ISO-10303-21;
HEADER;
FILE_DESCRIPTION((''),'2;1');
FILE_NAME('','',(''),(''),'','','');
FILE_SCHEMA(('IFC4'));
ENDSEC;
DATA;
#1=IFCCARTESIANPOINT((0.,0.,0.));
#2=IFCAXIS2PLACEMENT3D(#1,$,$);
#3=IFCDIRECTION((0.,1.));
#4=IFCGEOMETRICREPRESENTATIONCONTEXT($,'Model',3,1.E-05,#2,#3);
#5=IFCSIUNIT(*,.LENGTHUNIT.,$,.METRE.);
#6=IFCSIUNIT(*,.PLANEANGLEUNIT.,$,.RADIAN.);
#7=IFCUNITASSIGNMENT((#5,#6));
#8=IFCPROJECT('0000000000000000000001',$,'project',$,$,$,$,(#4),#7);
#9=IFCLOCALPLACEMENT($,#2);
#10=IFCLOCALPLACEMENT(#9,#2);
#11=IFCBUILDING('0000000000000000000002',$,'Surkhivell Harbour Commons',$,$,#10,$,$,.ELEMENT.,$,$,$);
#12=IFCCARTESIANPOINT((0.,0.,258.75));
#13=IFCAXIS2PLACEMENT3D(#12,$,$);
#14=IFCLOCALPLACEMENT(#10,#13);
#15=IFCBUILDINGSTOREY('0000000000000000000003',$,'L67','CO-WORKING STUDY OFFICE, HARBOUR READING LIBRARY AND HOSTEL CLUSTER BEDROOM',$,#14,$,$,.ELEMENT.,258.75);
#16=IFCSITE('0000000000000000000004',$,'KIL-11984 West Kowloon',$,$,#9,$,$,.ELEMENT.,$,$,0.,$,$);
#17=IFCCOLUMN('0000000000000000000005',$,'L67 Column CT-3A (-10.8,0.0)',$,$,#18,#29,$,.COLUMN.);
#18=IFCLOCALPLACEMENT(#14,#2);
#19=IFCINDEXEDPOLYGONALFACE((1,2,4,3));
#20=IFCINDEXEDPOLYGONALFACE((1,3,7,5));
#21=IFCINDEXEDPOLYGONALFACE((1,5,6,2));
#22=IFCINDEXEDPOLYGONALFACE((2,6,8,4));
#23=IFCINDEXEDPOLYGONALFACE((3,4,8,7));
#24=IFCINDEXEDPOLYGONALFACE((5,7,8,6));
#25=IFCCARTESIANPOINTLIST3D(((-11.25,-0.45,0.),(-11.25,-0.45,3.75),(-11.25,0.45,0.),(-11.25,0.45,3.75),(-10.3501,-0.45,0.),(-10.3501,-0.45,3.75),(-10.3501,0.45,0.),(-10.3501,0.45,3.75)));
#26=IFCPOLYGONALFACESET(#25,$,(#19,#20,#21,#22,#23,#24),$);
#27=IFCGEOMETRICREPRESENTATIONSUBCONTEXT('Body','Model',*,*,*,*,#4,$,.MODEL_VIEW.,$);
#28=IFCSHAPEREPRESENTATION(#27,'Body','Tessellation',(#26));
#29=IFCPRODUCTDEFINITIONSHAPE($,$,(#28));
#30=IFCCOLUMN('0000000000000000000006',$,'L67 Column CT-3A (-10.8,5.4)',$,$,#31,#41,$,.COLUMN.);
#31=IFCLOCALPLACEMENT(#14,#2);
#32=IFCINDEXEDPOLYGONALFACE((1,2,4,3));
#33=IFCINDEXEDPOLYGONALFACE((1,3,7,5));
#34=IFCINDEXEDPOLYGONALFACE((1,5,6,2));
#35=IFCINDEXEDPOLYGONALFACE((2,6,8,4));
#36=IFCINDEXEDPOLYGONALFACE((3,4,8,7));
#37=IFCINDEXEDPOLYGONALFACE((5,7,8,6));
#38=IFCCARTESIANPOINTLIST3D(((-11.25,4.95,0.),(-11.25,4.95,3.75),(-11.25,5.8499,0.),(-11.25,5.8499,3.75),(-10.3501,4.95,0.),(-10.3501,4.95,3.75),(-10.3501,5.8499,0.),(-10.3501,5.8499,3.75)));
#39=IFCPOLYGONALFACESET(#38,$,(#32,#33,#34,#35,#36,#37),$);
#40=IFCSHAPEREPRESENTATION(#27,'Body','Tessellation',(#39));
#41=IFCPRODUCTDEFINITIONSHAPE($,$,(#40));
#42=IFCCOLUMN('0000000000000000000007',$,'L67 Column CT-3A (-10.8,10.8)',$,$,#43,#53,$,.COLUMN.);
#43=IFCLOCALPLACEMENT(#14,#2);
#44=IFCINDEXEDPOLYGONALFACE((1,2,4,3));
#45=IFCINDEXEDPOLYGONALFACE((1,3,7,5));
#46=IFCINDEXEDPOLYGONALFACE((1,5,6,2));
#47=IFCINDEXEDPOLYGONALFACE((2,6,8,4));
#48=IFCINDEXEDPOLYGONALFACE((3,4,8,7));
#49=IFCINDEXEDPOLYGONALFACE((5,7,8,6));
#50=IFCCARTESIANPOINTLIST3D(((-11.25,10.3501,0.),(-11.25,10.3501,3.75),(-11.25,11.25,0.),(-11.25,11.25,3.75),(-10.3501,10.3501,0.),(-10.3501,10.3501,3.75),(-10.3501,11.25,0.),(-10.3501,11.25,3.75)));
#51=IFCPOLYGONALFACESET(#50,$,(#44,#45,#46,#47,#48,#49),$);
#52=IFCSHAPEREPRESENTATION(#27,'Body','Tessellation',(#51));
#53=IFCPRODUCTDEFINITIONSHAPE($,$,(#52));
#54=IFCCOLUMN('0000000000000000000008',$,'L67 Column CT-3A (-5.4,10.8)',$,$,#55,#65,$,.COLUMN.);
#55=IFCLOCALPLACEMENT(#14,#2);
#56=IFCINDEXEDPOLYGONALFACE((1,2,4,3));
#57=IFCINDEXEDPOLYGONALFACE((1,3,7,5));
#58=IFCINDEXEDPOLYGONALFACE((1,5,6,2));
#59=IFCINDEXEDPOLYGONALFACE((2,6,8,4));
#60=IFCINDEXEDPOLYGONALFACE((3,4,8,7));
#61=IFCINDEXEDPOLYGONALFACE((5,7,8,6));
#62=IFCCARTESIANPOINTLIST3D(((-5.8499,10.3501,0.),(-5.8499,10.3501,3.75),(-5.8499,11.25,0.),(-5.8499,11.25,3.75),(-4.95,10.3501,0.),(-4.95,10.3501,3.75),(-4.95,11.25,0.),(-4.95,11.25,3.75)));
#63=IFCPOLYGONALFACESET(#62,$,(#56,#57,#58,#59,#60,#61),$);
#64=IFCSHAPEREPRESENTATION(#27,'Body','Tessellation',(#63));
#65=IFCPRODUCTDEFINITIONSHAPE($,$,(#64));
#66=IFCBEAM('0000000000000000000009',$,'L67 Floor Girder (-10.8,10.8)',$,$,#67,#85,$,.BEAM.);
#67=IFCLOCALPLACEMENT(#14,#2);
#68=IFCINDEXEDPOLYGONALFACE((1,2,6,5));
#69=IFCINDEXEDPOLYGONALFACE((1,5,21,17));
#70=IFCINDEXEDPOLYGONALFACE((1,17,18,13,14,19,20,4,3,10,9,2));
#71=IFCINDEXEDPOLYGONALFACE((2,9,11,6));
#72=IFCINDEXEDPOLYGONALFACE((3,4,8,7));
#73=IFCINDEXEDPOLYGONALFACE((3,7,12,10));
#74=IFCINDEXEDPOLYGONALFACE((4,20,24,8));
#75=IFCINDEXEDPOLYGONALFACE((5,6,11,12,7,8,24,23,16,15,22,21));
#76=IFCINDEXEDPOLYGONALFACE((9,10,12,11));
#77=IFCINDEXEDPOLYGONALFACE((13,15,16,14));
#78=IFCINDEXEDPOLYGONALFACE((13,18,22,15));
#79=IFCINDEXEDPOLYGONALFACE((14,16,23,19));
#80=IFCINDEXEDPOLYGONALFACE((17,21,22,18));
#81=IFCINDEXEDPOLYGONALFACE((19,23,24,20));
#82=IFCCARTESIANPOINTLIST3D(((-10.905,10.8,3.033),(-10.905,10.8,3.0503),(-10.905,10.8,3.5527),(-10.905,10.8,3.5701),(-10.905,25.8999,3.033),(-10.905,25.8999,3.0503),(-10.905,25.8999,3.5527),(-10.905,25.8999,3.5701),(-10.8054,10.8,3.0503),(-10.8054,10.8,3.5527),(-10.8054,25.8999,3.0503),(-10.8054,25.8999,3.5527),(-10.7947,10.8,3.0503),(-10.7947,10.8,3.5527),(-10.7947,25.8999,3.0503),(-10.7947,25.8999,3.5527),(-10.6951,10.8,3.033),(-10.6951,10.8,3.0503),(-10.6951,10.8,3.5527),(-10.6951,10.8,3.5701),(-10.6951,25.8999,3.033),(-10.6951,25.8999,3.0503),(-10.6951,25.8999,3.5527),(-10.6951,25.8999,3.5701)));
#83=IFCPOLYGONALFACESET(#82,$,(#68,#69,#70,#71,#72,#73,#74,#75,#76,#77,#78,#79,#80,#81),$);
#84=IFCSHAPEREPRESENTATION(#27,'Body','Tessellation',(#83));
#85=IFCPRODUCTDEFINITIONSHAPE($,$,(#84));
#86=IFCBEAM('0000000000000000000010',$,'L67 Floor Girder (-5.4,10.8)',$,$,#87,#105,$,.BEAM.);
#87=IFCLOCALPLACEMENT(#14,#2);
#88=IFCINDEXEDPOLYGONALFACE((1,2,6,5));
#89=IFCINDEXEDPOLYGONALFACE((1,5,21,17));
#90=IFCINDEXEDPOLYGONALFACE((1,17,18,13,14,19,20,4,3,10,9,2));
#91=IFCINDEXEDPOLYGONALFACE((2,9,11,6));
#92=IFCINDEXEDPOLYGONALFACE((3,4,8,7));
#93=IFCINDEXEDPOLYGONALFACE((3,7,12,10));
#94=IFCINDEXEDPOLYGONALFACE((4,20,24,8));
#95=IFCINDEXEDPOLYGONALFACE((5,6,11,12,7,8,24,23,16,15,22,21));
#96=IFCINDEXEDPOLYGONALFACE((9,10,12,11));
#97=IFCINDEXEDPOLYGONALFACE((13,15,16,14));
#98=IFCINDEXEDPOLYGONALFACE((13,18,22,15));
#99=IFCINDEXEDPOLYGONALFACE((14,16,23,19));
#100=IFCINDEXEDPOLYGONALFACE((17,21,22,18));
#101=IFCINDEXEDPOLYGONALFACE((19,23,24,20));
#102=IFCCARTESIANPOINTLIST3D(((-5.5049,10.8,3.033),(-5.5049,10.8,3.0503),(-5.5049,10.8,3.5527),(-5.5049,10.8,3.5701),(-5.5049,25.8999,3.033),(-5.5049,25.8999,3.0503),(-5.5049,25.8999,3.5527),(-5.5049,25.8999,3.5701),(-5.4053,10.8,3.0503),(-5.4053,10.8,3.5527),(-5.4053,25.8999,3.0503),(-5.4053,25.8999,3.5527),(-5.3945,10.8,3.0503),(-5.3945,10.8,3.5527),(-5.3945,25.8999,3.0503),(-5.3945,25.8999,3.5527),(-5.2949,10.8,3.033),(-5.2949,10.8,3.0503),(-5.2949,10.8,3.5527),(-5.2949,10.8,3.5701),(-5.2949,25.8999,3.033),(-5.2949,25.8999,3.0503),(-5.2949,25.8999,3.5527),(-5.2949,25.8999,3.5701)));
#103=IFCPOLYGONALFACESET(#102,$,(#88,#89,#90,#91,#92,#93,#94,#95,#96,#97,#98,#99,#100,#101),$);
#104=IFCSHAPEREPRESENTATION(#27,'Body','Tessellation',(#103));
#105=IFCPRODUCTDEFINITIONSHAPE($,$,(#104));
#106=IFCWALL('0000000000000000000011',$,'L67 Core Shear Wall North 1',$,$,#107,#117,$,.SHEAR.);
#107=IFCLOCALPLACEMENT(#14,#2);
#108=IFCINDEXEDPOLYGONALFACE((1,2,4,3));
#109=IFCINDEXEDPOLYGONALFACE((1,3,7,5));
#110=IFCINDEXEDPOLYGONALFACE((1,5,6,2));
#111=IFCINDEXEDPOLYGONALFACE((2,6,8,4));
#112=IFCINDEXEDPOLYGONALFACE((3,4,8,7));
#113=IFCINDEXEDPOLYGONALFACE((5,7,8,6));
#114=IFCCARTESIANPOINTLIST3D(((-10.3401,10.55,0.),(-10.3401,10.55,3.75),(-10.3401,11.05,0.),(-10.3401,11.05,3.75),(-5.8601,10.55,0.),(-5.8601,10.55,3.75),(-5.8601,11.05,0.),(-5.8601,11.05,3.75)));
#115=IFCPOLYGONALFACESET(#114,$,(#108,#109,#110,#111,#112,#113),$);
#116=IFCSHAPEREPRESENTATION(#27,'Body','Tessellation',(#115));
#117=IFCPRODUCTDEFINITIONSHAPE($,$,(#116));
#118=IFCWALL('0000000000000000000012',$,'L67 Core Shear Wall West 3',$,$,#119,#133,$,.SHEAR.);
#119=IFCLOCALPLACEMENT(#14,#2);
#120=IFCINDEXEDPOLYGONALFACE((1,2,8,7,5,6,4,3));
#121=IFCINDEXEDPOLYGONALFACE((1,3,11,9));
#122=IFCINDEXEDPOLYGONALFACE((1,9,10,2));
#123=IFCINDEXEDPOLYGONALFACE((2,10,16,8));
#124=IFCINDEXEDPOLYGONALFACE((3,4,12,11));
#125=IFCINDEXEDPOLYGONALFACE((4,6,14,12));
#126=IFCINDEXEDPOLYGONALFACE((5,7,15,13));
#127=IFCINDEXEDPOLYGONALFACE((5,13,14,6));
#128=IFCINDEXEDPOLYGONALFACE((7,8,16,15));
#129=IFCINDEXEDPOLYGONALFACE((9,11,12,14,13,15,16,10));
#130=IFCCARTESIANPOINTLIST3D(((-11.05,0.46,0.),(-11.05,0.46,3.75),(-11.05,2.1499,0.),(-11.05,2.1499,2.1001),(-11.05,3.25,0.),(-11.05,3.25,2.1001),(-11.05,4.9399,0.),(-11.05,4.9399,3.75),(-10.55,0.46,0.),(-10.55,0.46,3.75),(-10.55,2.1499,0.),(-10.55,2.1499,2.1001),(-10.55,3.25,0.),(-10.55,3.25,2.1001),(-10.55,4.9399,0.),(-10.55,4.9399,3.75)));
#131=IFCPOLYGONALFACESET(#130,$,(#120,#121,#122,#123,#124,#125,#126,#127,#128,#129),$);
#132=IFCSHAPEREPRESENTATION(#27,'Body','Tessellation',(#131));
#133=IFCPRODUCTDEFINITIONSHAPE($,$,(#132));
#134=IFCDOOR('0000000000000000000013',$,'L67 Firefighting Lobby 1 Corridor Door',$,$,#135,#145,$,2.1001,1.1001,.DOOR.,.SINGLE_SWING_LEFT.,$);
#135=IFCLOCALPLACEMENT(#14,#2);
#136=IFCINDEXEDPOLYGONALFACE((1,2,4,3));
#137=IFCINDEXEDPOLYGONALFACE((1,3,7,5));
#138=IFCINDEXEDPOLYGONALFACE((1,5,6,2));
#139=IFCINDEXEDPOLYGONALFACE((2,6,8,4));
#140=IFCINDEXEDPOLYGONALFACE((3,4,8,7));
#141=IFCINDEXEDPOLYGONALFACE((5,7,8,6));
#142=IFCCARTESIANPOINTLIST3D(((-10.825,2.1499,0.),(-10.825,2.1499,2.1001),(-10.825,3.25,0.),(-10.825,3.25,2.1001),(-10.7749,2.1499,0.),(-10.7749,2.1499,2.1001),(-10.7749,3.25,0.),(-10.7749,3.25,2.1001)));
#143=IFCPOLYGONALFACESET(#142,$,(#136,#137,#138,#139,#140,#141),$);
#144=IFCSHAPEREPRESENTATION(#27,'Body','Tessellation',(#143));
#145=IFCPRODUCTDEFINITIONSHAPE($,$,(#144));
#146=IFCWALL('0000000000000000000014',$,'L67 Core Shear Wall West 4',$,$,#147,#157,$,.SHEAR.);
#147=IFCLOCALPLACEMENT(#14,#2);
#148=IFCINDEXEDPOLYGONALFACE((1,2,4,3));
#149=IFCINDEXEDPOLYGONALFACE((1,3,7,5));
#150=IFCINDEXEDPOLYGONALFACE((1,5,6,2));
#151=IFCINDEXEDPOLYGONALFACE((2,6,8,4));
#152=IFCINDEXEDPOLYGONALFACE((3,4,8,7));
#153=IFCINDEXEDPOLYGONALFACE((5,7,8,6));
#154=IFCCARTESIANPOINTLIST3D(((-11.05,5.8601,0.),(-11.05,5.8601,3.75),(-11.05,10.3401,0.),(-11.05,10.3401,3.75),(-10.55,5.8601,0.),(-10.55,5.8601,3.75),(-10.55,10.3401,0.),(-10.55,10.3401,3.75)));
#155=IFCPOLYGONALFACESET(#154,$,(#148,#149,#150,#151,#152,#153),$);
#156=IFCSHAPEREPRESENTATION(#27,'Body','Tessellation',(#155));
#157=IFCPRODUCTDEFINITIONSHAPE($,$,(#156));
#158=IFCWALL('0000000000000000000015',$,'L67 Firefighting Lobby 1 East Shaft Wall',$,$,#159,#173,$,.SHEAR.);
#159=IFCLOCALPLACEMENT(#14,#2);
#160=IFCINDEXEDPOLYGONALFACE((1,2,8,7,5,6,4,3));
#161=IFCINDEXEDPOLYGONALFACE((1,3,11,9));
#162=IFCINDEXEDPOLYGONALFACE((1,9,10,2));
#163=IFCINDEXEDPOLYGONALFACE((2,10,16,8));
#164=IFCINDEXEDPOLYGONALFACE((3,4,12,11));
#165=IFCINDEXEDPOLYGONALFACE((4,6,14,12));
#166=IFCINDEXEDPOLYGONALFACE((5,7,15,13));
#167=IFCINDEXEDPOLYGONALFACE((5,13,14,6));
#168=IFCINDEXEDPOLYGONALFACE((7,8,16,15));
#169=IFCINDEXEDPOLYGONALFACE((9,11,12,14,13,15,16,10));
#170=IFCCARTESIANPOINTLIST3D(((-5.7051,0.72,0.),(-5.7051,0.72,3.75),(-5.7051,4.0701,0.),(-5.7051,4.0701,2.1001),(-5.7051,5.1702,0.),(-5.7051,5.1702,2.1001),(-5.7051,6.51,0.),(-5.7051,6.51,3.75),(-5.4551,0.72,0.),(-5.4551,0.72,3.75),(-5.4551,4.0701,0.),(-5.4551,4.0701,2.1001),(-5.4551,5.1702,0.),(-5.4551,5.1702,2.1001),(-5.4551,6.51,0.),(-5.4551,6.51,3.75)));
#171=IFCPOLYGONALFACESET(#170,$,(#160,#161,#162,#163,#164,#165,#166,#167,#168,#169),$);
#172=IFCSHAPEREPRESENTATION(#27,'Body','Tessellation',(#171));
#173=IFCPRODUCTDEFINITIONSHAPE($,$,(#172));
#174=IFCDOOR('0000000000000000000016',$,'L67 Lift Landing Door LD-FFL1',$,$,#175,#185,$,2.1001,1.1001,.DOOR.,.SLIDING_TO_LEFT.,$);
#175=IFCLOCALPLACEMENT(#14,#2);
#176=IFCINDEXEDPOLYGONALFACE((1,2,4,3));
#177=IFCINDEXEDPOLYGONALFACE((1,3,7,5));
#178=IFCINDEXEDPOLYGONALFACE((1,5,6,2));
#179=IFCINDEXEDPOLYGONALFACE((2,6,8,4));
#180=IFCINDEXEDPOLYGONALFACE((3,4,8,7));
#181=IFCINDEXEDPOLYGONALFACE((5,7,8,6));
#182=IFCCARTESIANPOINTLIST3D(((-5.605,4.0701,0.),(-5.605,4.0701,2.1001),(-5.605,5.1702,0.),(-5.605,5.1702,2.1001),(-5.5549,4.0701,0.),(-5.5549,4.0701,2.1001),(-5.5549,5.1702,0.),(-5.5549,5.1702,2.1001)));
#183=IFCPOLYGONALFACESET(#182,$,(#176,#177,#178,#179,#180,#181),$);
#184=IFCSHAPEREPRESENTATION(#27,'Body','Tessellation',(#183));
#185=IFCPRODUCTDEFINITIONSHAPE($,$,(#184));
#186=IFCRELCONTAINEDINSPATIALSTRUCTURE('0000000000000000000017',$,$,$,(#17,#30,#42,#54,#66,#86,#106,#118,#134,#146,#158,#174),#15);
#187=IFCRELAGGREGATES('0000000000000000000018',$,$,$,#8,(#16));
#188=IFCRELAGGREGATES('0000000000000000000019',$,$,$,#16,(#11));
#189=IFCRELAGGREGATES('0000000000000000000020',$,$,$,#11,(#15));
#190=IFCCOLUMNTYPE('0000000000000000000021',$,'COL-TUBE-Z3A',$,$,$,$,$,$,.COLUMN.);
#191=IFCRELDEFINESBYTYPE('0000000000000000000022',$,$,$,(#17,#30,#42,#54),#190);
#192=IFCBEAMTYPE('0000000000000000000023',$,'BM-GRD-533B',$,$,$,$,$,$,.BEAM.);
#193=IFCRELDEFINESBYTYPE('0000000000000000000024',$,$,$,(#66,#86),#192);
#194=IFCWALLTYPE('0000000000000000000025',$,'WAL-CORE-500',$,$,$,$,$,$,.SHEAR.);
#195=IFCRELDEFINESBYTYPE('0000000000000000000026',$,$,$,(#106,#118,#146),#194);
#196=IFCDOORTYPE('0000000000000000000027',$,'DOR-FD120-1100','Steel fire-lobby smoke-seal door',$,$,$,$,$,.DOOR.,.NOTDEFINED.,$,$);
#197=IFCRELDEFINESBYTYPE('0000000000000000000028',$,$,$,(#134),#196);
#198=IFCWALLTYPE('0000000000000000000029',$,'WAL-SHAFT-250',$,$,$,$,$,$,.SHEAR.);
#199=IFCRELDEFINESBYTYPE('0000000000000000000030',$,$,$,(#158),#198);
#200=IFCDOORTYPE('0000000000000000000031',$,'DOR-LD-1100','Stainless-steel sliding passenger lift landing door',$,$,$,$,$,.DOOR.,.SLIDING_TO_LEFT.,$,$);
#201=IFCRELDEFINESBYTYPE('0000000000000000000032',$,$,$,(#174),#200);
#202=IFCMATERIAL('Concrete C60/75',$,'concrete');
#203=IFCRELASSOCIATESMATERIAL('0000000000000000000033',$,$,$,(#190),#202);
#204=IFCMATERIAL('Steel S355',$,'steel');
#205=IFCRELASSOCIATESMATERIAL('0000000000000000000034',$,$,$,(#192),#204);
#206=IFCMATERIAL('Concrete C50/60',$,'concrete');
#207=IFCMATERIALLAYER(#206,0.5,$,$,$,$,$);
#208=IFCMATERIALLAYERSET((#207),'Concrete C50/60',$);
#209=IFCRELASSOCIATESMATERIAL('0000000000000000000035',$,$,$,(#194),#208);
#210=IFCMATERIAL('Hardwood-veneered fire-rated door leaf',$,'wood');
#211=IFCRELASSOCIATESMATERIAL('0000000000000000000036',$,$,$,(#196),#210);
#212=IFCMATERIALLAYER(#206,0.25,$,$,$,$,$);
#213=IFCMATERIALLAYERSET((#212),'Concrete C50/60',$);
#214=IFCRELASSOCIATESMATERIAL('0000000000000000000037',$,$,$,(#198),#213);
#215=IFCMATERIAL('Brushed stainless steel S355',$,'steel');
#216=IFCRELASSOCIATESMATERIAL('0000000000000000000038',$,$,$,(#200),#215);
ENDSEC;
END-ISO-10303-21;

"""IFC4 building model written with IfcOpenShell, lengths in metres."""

from ifc_helpers import new_model, si_unit, direction, frame, frame_2d, origin, origin_2d, place, context, subcontext, project, spatial, rectangle, i_section, extrude, material, layer, layer_set, material_profile, profile_set, type_object, element, fill, save


model = new_model("IFC4")

# Units and contexts
model_context = context("Model", 3, precision=1e-05, world=origin(), true_north=direction((0.0, 1.0)))
body_context = subcontext(model_context, "Body", "Model", "MODEL_VIEW")
ifc_project = project(units=[si_unit("LENGTHUNIT", "METRE"), si_unit("PLANEANGLEUNIT", "RADIAN")], contexts=[model_context])

# Site, building, storey
site_placement = place(None, origin())
site = spatial("IfcSite", under=ifc_project, at=site_placement, Name="KIL-11984 West Kowloon", CompositionType="ELEMENT", RefElevation=0.0)
building_placement = place(site_placement, origin())
building = spatial("IfcBuilding", under=site, at=building_placement, Name="Surkhivell Harbour Commons", CompositionType="ELEMENT")
storey_placement = place(building_placement, frame((0.0, 0.0, 258.75)))
storey = spatial("IfcBuildingStorey", under=building, at=storey_placement, Name="L67", Description="CO-WORKING STUDY OFFICE, HARBOUR READING LIBRARY AND HOSTEL CLUSTER BEDROOM", CompositionType="ELEMENT", Elevation=258.75)

# Columns
ifc_material_1 = material(Name="Concrete C60/75", Category="concrete")
ifc_material_profile_1 = material_profile(ifc_material_1, rectangle(XDim=0.8999, YDim=0.8999, at=origin_2d()), Name="RC-COL-900x900")
ifc_profile_set_1 = profile_set([ifc_material_profile_1], Name="Concrete C60/75")
column_type = type_object("IfcColumnType", Name="COL-TUBE-Z3A", PredefinedType="COLUMN", material=ifc_profile_set_1)
for number, where, z_axis, x_axis, name in (
    (1, (-10.8, 0.0, 0.0), (0.0, 0.0, 1.0), (1.0, 0.0, 0.0), "L67 Column CT-3A (-10.8,0.0)"),
    (2, (-10.8, 5.3999, 0.0), (0.0, 0.0, 1.0), (1.0, 0.0, 0.0), "L67 Column CT-3A (-10.8,5.4)"),
    (3, (-10.8, 10.8, 0.0), (0.0, 0.0, 1.0), (1.0, 0.0, 0.0), "L67 Column CT-3A (-10.8,10.8)"),
    (4, (-5.3999, 10.8, 0.0), (0.0, 0.0, 1.0), (1.0, 0.0, 0.0), "L67 Column CT-3A (-5.4,10.8)"),
):
    element("IfcColumn", number, at=place(storey_placement, frame(where, z_axis=z_axis, x_axis=x_axis)), inside=storey, type_object=column_type, Name=name, PredefinedType="COLUMN", context=body_context, shape_type="SweptSolid", body=[
        extrude(rectangle(XDim=0.8999, YDim=0.8999, at=origin_2d()), origin(), (0.0, 0.0, 1.0), 3.75),
    ])

# Beams
ifc_material_2 = material(Name="Steel S355", Category="steel")
ifc_material_profile_2 = material_profile(ifc_material_2, i_section(OverallWidth=0.21, OverallDepth=0.5371, WebThickness=0.0107, FlangeThickness=0.0173, at=origin_2d()), Name="UB533x210x101")
ifc_profile_set_2 = profile_set([ifc_material_profile_2], Name="Steel S355")
beam_type = type_object("IfcBeamType", Name="BM-GRD-533B", PredefinedType="BEAM", material=ifc_profile_set_2)
for number, where, z_axis, x_axis, name in (
    (5, (-10.8, 10.8, 3.3015), (0.0, 1.0, 0.0), (-1.0, 0.0, 0.0), "L67 Floor Girder (-10.8,10.8)"),
    (6, (-5.3999, 10.8, 3.3015), (0.0, 1.0, 0.0), (-1.0, 0.0, 0.0), "L67 Floor Girder (-5.4,10.8)"),
):
    element("IfcBeam", number, at=place(storey_placement, frame(where, z_axis=z_axis, x_axis=x_axis)), inside=storey, type_object=beam_type, Name=name, PredefinedType="BEAM", context=body_context, shape_type="SweptSolid", body=[
        extrude(i_section(OverallWidth=0.21, OverallDepth=0.5371, WebThickness=0.0107, FlangeThickness=0.0173, at=origin_2d()), origin(), (0.0, 0.0, 1.0), 15.0999),
    ])

# Wall
ifc_material_3 = material(Name="Concrete C50/60", Category="concrete")
ifc_layer_1 = layer(ifc_material_3, 0.5)
ifc_layer_set_1 = layer_set([ifc_layer_1], Name="Concrete C50/60")
wall_type_1 = type_object("IfcWallType", Name="WAL-CORE-500", PredefinedType="SHEAR", material=ifc_layer_set_1)
wall_1_placement = place(storey_placement, frame((-10.3401, 10.8, 0.0), z_axis=(0.0, 0.0, 1.0), x_axis=(1.0, 0.0, 0.0)))
element("IfcWall", 7, at=wall_1_placement, inside=storey, type_object=wall_type_1, Name="L67 Core Shear Wall North 1", PredefinedType="SHEAR", context=body_context, shape_type="SweptSolid", body=[
    extrude(rectangle(XDim=4.48, YDim=0.5, at=frame_2d((2.24, 0.0))), origin(), (0.0, 0.0, 1.0), 3.75),
])

# Wall, opening, door
wall_2_placement = place(storey_placement, frame((-10.8, 0.46, 0.0), z_axis=(0.0, 0.0, 1.0), x_axis=(0.0, 1.0, 0.0)))
wall_2 = element("IfcWall", 8, at=wall_2_placement, inside=storey, type_object=wall_type_1, Name="L67 Core Shear Wall West 3", PredefinedType="SHEAR", context=body_context, shape_type="SweptSolid", body=[
    extrude(rectangle(XDim=4.48, YDim=0.5, at=frame_2d((2.24, 0.0))), origin(), (0.0, 0.0, 1.0), 3.75),
])
opening_1_placement = place(wall_2_placement, frame((1.6899, 0.0, 0.0)))
opening_1 = element("IfcOpeningElement", 9, at=opening_1_placement, cuts=wall_2, PredefinedType="OPENING", context=body_context, shape_type="SweptSolid", body=[
    extrude(rectangle(XDim=1.1001, YDim=2.1001, at=frame_2d((0.55, 1.05))), frame((0.0, 0.26, 0.0), z_axis=(0.0, -1.0, 0.0), x_axis=(1.0, 0.0, 0.0)), (0.0, 0.0, 1.0), 0.52),
])
ifc_material_4 = material(Name="Hardwood-veneered fire-rated door leaf", Category="wood")
door_type_1 = type_object("IfcDoorType", Name="DOR-FD120-1100", Description="Steel fire-lobby smoke-seal door", OperationType="NOTDEFINED", PredefinedType="DOOR", material=ifc_material_4)
door_1_placement = place(opening_1_placement, origin())
door_1 = element("IfcDoor", 10, at=door_1_placement, inside=storey, type_object=door_type_1, Name="L67 Firefighting Lobby 1 Corridor Door", OperationType="SINGLE_SWING_LEFT", OverallHeight=2.1001, OverallWidth=1.1001, PredefinedType="DOOR", context=body_context, shape_type="SweptSolid", body=[
    extrude(rectangle(XDim=1.1001, YDim=2.1001, at=frame_2d((0.55, 1.05))), frame((0.0, 0.0249, 0.0), z_axis=(0.0, -1.0, 0.0), x_axis=(1.0, 0.0, 0.0)), (0.0, 0.0, 1.0), 0.05),
])
fill(opening_1, door_1)

# Wall
wall_3_placement = place(storey_placement, frame((-10.8, 5.8601, 0.0), z_axis=(0.0, 0.0, 1.0), x_axis=(0.0, 1.0, 0.0)))
element("IfcWall", 11, at=wall_3_placement, inside=storey, type_object=wall_type_1, Name="L67 Core Shear Wall West 4", PredefinedType="SHEAR", context=body_context, shape_type="SweptSolid", body=[
    extrude(rectangle(XDim=4.48, YDim=0.5, at=frame_2d((2.24, 0.0))), origin(), (0.0, 0.0, 1.0), 3.75),
])

# Wall, opening, door
ifc_layer_2 = layer(ifc_material_3, 0.25)
ifc_layer_set_2 = layer_set([ifc_layer_2], Name="Concrete C50/60")
wall_type_2 = type_object("IfcWallType", Name="WAL-SHAFT-250", PredefinedType="SHEAR", material=ifc_layer_set_2)
wall_4_placement = place(storey_placement, frame((-5.5801, 0.72, 0.0), z_axis=(0.0, 0.0, 1.0), x_axis=(0.0, 1.0, 0.0)))
wall_4 = element("IfcWall", 12, at=wall_4_placement, inside=storey, type_object=wall_type_2, Name="L67 Firefighting Lobby 1 East Shaft Wall", PredefinedType="SHEAR", context=body_context, shape_type="SweptSolid", body=[
    extrude(rectangle(XDim=5.79, YDim=0.25, at=frame_2d((2.895, 0.0))), origin(), (0.0, 0.0, 1.0), 3.75),
])
opening_2_placement = place(wall_4_placement, frame((3.3501, 0.0, 0.0)))
opening_2 = element("IfcOpeningElement", 13, at=opening_2_placement, cuts=wall_4, PredefinedType="OPENING", context=body_context, shape_type="SweptSolid", body=[
    extrude(rectangle(XDim=1.1001, YDim=2.1001, at=frame_2d((0.55, 1.05))), frame((0.0, 0.135, 0.0), z_axis=(0.0, -1.0, 0.0), x_axis=(1.0, 0.0, 0.0)), (0.0, 0.0, 1.0), 0.27),
])
ifc_material_5 = material(Name="Brushed stainless steel S355", Category="steel")
door_type_2 = type_object("IfcDoorType", Name="DOR-LD-1100", Description="Stainless-steel sliding passenger lift landing door", OperationType="SLIDING_TO_LEFT", PredefinedType="DOOR", material=ifc_material_5)
door_2_placement = place(opening_2_placement, origin())
door_2 = element("IfcDoor", 14, at=door_2_placement, inside=storey, type_object=door_type_2, Name="L67 Lift Landing Door LD-FFL1", OperationType="SLIDING_TO_LEFT", OverallHeight=2.1001, OverallWidth=1.1001, PredefinedType="DOOR", context=body_context, shape_type="SweptSolid", body=[
    extrude(rectangle(XDim=1.1001, YDim=2.1001, at=frame_2d((0.55, 1.05))), frame((0.0, 0.0249, 0.0), z_axis=(0.0, -1.0, 0.0), x_axis=(1.0, 0.0, 0.0)), (0.0, 0.0, 1.0), 0.05),
])
fill(opening_2, door_2)

save(model, "model.ifc")
